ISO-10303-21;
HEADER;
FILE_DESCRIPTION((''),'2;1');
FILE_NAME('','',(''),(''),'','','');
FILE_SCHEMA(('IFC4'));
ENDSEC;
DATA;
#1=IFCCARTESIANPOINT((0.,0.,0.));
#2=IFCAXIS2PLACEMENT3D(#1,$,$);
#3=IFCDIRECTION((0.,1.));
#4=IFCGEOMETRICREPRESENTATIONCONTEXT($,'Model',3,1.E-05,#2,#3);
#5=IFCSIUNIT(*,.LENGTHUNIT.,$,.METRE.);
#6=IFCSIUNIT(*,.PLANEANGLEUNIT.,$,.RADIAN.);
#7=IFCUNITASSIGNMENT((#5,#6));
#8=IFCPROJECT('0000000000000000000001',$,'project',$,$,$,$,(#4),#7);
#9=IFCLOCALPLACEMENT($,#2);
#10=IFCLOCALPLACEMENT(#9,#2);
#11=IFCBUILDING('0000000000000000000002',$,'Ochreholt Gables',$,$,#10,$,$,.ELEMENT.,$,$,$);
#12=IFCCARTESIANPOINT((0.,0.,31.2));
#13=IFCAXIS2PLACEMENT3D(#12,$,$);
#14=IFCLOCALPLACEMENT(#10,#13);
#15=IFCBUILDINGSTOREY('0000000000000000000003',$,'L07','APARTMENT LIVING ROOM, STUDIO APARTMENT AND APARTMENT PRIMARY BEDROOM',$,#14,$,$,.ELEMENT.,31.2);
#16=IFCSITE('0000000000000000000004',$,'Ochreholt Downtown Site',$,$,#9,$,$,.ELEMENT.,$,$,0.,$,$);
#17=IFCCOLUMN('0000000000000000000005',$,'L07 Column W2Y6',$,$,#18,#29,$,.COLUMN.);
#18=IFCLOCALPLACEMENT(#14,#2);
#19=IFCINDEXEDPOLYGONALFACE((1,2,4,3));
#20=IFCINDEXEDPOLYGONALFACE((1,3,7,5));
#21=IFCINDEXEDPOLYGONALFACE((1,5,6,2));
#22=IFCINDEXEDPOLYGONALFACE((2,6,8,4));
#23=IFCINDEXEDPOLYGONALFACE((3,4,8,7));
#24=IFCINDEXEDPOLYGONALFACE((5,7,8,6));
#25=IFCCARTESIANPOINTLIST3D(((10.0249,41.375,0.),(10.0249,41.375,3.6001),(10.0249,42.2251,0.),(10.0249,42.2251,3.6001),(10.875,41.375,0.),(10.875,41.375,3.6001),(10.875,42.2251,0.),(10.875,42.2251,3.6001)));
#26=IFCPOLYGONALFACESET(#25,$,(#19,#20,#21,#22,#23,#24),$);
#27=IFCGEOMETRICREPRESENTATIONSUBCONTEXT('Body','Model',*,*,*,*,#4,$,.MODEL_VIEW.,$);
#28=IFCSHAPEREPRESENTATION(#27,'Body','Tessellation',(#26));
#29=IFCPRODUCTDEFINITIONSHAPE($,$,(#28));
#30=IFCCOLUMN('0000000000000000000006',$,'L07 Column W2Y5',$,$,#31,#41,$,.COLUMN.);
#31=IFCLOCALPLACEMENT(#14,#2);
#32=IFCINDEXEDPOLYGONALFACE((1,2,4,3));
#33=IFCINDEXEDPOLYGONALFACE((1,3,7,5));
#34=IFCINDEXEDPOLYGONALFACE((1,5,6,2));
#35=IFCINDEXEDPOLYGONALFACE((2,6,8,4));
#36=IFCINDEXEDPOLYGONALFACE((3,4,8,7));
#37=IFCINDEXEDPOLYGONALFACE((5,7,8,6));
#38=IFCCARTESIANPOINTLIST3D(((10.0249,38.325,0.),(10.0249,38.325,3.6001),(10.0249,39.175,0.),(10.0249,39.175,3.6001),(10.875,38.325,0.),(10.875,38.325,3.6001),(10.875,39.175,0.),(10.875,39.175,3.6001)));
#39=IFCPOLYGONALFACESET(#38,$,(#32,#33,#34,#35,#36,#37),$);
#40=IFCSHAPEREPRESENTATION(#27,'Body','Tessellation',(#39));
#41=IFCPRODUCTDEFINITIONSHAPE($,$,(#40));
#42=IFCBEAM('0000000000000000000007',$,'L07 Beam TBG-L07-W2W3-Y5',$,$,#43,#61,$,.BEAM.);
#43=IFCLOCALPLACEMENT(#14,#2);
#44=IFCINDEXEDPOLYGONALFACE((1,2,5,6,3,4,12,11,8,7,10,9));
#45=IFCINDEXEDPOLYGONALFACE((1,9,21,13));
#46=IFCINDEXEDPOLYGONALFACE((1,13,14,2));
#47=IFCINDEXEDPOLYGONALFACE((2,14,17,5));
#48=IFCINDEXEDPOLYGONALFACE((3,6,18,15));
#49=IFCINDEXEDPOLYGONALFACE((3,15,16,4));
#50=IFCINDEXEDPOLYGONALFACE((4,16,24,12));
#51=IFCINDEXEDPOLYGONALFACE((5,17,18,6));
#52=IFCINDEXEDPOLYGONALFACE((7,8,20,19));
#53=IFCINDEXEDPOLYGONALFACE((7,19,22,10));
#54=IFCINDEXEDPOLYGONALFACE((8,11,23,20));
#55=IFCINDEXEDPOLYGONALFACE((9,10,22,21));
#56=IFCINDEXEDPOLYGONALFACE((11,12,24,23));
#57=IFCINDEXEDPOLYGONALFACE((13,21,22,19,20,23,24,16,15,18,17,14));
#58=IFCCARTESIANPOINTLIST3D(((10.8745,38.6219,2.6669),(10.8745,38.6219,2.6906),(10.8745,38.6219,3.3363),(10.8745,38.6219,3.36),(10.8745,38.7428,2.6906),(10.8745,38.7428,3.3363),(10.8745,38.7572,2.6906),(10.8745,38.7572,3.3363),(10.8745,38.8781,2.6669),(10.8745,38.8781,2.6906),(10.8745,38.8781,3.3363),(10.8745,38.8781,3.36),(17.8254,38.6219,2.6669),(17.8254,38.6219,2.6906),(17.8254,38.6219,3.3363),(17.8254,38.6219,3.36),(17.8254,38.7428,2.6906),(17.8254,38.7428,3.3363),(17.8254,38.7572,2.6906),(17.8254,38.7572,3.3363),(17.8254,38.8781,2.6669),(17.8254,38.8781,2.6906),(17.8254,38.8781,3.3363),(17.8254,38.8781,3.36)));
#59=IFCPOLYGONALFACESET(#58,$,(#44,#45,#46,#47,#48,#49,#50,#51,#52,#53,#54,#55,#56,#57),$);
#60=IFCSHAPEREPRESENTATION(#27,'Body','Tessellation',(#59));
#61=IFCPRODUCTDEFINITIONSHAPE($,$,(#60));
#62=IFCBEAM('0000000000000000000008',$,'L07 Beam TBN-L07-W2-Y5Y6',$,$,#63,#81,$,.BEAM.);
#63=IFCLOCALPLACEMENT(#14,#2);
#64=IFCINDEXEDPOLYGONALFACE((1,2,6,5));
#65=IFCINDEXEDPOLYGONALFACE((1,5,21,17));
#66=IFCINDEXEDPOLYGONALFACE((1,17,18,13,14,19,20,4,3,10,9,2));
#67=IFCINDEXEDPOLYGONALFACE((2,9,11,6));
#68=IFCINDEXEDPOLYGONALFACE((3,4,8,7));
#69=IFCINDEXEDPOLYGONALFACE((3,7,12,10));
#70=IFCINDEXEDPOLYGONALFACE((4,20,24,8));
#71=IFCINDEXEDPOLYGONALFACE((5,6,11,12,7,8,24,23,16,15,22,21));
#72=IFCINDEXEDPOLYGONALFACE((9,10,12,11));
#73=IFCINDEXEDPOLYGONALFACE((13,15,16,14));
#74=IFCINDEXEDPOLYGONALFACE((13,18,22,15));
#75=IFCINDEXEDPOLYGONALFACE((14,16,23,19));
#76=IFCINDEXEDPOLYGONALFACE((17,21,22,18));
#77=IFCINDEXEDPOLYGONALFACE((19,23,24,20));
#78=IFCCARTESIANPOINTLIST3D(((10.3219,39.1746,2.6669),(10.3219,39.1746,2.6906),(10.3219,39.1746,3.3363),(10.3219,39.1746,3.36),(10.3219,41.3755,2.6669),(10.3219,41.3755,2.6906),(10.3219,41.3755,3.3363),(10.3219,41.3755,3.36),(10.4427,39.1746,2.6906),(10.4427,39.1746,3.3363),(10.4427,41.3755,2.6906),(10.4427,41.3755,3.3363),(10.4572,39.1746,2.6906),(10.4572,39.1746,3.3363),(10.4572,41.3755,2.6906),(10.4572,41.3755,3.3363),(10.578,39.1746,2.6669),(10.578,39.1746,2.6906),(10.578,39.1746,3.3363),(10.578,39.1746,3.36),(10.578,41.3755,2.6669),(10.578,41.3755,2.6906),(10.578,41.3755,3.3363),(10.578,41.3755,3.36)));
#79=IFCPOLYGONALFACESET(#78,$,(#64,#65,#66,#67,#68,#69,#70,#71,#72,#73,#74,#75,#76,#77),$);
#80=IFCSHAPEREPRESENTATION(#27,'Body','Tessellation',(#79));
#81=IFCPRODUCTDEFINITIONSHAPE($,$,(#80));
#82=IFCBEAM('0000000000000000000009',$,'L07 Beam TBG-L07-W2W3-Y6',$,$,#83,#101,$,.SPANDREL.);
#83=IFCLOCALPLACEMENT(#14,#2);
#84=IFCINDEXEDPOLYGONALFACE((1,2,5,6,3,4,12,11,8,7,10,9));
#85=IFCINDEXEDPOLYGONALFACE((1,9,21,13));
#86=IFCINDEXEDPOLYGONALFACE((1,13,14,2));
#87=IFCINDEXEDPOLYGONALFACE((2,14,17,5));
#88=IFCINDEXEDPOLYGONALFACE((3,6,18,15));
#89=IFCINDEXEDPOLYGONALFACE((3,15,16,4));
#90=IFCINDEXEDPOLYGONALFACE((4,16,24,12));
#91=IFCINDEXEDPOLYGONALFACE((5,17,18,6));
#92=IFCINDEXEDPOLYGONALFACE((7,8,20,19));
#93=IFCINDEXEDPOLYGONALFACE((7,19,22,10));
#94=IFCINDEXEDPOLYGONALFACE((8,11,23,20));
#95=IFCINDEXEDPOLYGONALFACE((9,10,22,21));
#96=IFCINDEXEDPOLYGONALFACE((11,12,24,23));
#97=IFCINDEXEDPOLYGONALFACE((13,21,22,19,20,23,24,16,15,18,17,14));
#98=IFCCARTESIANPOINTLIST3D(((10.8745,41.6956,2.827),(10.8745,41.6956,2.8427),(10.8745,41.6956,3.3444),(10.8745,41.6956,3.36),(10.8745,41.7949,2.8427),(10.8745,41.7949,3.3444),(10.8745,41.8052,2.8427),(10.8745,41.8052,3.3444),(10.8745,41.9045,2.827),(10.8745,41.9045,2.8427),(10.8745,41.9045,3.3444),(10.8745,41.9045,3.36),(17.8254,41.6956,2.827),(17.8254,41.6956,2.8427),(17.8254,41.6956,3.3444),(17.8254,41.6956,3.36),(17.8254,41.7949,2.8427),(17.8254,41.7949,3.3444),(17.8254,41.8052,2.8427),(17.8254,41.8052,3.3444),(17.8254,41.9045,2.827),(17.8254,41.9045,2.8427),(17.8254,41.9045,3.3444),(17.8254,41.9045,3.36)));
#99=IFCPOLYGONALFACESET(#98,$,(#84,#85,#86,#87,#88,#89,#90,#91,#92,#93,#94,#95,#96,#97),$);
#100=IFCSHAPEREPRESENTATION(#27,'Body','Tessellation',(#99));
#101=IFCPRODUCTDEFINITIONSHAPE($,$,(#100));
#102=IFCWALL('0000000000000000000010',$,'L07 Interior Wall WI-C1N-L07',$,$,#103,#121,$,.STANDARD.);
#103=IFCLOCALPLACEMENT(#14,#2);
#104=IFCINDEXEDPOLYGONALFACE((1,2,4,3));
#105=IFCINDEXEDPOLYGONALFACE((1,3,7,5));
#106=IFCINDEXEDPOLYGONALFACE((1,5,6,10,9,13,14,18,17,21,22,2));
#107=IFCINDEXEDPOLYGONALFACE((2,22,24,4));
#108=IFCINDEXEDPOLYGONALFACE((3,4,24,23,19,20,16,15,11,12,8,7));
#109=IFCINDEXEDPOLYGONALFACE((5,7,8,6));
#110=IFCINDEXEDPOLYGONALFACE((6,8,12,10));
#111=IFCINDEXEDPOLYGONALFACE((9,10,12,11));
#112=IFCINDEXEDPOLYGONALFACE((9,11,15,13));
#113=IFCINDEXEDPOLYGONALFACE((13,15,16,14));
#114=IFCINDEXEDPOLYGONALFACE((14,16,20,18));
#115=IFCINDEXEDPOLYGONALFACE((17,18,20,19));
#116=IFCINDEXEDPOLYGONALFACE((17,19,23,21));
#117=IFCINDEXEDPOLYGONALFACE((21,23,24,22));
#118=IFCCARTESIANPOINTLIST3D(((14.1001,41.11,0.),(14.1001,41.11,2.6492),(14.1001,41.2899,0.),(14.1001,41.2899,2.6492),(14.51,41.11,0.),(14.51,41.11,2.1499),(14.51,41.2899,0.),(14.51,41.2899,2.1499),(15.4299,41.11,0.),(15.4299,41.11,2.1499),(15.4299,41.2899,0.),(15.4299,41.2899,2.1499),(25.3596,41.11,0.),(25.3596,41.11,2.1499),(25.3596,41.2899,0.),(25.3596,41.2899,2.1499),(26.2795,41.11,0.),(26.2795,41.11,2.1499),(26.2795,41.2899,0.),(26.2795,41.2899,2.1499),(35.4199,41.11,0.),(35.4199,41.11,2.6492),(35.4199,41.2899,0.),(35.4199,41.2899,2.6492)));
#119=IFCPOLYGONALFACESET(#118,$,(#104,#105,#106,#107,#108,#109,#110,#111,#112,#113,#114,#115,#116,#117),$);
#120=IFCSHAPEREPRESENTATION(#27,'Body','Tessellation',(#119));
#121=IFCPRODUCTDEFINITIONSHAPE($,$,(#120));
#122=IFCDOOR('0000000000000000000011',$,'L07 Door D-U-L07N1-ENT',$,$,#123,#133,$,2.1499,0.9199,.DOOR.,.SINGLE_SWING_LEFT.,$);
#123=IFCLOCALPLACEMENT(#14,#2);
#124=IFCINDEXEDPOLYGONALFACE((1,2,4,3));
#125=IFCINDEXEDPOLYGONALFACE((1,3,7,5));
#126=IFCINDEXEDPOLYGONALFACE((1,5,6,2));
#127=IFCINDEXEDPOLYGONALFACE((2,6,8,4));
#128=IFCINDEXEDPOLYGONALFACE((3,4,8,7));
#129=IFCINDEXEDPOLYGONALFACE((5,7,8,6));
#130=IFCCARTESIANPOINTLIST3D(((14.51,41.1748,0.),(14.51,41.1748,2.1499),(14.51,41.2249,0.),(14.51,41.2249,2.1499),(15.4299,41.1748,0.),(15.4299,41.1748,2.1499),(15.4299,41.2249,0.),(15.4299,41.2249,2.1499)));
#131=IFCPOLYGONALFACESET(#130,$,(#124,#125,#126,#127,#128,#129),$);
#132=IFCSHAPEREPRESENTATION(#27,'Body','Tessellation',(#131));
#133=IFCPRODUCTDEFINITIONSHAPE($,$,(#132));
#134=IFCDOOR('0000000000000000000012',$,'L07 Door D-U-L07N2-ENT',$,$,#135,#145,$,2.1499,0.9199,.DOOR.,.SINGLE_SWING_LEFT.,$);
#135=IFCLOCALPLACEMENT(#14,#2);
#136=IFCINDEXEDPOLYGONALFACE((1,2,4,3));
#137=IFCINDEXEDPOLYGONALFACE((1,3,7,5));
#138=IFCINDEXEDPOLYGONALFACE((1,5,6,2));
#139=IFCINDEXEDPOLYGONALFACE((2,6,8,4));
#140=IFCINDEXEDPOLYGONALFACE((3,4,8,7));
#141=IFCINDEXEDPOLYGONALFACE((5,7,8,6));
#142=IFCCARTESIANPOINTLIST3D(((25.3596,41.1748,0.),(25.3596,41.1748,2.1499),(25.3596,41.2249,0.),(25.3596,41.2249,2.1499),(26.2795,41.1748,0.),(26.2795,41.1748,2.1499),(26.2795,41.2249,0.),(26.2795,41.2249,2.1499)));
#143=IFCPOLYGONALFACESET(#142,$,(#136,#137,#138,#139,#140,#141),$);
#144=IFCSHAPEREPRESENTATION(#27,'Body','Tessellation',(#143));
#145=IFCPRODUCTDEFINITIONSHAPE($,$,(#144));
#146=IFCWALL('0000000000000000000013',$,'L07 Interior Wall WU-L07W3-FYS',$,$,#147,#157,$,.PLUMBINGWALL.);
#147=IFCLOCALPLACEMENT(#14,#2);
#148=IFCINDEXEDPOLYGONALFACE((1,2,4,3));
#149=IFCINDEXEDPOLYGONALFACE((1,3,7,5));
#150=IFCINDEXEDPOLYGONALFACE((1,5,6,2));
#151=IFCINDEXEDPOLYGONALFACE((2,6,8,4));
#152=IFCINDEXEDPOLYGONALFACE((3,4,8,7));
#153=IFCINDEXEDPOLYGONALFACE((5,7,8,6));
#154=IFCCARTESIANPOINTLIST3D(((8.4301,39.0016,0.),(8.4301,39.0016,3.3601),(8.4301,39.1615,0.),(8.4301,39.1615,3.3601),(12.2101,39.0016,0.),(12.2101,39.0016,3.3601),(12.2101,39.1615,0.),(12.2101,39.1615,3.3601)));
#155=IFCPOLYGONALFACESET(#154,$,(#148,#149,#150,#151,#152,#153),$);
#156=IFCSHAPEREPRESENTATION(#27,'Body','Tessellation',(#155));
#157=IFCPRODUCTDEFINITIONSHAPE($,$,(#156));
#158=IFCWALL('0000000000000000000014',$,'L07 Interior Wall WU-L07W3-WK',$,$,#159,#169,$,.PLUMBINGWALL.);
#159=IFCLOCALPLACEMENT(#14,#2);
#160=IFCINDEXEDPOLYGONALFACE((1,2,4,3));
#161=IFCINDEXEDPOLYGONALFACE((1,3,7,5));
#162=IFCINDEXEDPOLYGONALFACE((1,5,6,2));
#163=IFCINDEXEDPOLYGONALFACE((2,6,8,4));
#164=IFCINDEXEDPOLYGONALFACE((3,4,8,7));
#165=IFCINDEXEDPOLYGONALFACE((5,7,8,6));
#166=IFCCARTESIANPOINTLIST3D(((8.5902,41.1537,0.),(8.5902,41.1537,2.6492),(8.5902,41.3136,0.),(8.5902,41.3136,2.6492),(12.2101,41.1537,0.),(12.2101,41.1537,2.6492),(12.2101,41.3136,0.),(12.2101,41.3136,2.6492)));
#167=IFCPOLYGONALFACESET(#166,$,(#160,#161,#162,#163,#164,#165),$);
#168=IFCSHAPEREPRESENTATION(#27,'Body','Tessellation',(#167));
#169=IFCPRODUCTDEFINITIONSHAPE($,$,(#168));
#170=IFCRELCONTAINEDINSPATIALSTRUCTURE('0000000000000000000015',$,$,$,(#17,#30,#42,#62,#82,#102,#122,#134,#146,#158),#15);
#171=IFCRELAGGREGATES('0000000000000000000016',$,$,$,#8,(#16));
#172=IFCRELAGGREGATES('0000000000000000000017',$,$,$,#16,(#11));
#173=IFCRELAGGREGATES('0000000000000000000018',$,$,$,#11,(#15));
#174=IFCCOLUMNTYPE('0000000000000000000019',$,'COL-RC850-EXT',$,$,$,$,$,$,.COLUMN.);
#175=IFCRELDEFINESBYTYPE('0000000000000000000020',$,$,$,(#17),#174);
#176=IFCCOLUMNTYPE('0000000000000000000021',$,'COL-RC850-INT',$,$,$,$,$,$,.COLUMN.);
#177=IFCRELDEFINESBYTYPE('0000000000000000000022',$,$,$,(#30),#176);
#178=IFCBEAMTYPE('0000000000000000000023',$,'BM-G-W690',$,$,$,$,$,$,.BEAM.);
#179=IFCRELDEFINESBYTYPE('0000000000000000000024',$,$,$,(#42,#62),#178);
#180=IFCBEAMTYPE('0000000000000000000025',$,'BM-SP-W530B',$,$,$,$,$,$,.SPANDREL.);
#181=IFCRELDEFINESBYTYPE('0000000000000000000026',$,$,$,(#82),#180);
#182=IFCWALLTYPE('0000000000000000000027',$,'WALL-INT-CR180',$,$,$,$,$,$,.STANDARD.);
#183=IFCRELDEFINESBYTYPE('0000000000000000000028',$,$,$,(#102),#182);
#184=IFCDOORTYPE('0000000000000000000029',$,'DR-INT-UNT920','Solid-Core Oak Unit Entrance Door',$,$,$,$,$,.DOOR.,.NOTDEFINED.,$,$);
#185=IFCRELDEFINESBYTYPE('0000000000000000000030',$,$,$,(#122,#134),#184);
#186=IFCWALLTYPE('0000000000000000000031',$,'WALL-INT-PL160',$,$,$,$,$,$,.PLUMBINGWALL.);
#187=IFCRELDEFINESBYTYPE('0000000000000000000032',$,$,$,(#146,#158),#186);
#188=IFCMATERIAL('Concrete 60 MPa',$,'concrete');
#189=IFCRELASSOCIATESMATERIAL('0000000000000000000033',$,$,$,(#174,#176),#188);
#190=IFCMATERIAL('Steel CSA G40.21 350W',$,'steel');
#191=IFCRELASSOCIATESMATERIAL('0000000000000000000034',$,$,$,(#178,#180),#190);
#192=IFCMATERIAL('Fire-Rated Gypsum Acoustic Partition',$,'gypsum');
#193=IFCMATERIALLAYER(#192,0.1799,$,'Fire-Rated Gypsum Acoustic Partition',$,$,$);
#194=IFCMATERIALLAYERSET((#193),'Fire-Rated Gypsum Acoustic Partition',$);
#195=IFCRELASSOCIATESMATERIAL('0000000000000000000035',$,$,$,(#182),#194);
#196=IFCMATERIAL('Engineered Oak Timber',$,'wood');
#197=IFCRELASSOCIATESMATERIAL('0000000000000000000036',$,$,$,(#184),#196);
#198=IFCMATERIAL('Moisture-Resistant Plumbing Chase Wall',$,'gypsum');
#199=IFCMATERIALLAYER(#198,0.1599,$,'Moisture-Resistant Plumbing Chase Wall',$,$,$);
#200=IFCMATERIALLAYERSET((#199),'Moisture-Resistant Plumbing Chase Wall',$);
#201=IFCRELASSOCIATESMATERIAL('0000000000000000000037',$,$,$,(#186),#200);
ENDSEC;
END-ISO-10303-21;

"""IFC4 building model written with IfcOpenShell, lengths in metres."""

from ifc_helpers import new_model, si_unit, direction, frame, frame_2d, origin, origin_2d, place, context, subcontext, project, spatial, rectangle, i_section, extrude, material, layer, layer_set, material_profile, profile_set, type_object, element, fill, save


model = new_model("IFC4")

# Units and contexts
model_context = context("Model", 3, precision=1e-05, world=origin(), true_north=direction((0.0, 1.0)))
body_context = subcontext(model_context, "Body", "Model", "MODEL_VIEW")
ifc_project = project(units=[si_unit("LENGTHUNIT", "METRE"), si_unit("PLANEANGLEUNIT", "RADIAN")], contexts=[model_context])

# Site, building, storey
site_placement = place(None, origin())
site = spatial("IfcSite", under=ifc_project, at=site_placement, Name="Ochreholt Downtown Site", CompositionType="ELEMENT", RefElevation=0.0)
building_placement = place(site_placement, origin())
building = spatial("IfcBuilding", under=site, at=building_placement, Name="Ochreholt Gables", CompositionType="ELEMENT")
storey_placement = place(building_placement, frame((0.0, 0.0, 31.2)))
storey = spatial("IfcBuildingStorey", under=building, at=storey_placement, Name="L07", Description="APARTMENT LIVING ROOM, STUDIO APARTMENT AND APARTMENT PRIMARY BEDROOM", CompositionType="ELEMENT", Elevation=31.2)

# Columns
ifc_material_1 = material(Name="Concrete 60 MPa", Category="concrete")
ifc_material_profile_1 = material_profile(ifc_material_1, rectangle(XDim=0.8501, YDim=0.8501, at=origin_2d()), Name="RC850X850")
ifc_profile_set_1 = profile_set([ifc_material_profile_1], Name="Concrete 60 MPa")
column_type_1 = type_object("IfcColumnType", Name="COL-RC850-EXT", PredefinedType="COLUMN", material=ifc_profile_set_1)
column_1_placement = place(storey_placement, frame((10.45, 41.8, 0.0), z_axis=(0.0, 0.0, 1.0), x_axis=(1.0, 0.0, 0.0)))
element("IfcColumn", 1, at=column_1_placement, inside=storey, type_object=column_type_1, Name="L07 Column W2Y6", PredefinedType="COLUMN", context=body_context, shape_type="SweptSolid", body=[
    extrude(rectangle(XDim=0.8501, YDim=0.8501, at=origin_2d()), origin(), (0.0, 0.0, 1.0), 3.6001),
])
ifc_material_profile_2 = material_profile(ifc_material_1, rectangle(XDim=0.8501, YDim=0.8501, at=origin_2d()), Name="RC850X850")
ifc_profile_set_2 = profile_set([ifc_material_profile_2], Name="Concrete 60 MPa")
column_type_2 = type_object("IfcColumnType", Name="COL-RC850-INT", PredefinedType="COLUMN", material=ifc_profile_set_2)
column_2_placement = place(storey_placement, frame((10.45, 38.75, 0.0), z_axis=(0.0, 0.0, 1.0), x_axis=(1.0, 0.0, 0.0)))
element("IfcColumn", 2, at=column_2_placement, inside=storey, type_object=column_type_2, Name="L07 Column W2Y5", PredefinedType="COLUMN", context=body_context, shape_type="SweptSolid", body=[
    extrude(rectangle(XDim=0.8501, YDim=0.8501, at=origin_2d()), origin(), (0.0, 0.0, 1.0), 3.6001),
])

# Beams
ifc_material_2 = material(Name="Steel CSA G40.21 350W", Category="steel")
ifc_material_profile_3 = material_profile(ifc_material_2, i_section(OverallWidth=0.2561, OverallDepth=0.6931, WebThickness=0.0144, FlangeThickness=0.0237, at=origin_2d()), Name="W690X170")
ifc_profile_set_3 = profile_set([ifc_material_profile_3], Name="Steel CSA G40.21 350W")
beam_type_1 = type_object("IfcBeamType", Name="BM-G-W690", PredefinedType="BEAM", material=ifc_profile_set_3)
beam_1_placement = place(storey_placement, frame((10.8745, 38.75, 3.0134), z_axis=(1.0, 0.0, 0.0), x_axis=(0.0, 1.0, 0.0)))
element("IfcBeam", 3, at=beam_1_placement, inside=storey, type_object=beam_type_1, Name="L07 Beam TBG-L07-W2W3-Y5", PredefinedType="BEAM", context=body_context, shape_type="SweptSolid", body=[
    extrude(i_section(OverallWidth=0.2561, OverallDepth=0.6931, WebThickness=0.0144, FlangeThickness=0.0237, at=origin_2d()), origin(), (0.0, 0.0, 1.0), 6.9509),
])
beam_2_placement = place(storey_placement, frame((10.45, 39.1746, 3.0134), z_axis=(0.0, 1.0, 0.0), x_axis=(-1.0, 0.0, 0.0)))
element("IfcBeam", 4, at=beam_2_placement, inside=storey, type_object=beam_type_1, Name="L07 Beam TBN-L07-W2-Y5Y6", PredefinedType="BEAM", context=body_context, shape_type="SweptSolid", body=[
    extrude(i_section(OverallWidth=0.2561, OverallDepth=0.6931, WebThickness=0.0144, FlangeThickness=0.0237, at=origin_2d()), origin(), (0.0, 0.0, 1.0), 2.2009),
])
ifc_material_profile_4 = material_profile(ifc_material_2, i_section(OverallWidth=0.209, OverallDepth=0.533, WebThickness=0.0103, FlangeThickness=0.0156, at=origin_2d()), Name="W530X92")
ifc_profile_set_4 = profile_set([ifc_material_profile_4], Name="Steel CSA G40.21 350W")
beam_type_2 = type_object("IfcBeamType", Name="BM-SP-W530B", PredefinedType="SPANDREL", material=ifc_profile_set_4)
beam_3_placement = place(storey_placement, frame((10.8745, 41.8, 3.0935), z_axis=(1.0, 0.0, 0.0), x_axis=(0.0, 1.0, 0.0)))
element("IfcBeam", 5, at=beam_3_placement, inside=storey, type_object=beam_type_2, Name="L07 Beam TBG-L07-W2W3-Y6", PredefinedType="SPANDREL", context=body_context, shape_type="SweptSolid", body=[
    extrude(i_section(OverallWidth=0.209, OverallDepth=0.533, WebThickness=0.0103, FlangeThickness=0.0156, at=origin_2d()), origin(), (0.0, 0.0, 1.0), 6.9509),
])

# Wall, openings, doors
ifc_material_3 = material(Name="Fire-Rated Gypsum Acoustic Partition", Category="gypsum")
ifc_layer_1 = layer(ifc_material_3, 0.1799, Name="Fire-Rated Gypsum Acoustic Partition")
ifc_layer_set_1 = layer_set([ifc_layer_1], Name="Fire-Rated Gypsum Acoustic Partition")
wall_type_1 = type_object("IfcWallType", Name="WALL-INT-CR180", PredefinedType="STANDARD", material=ifc_layer_set_1)
wall_1_placement = place(storey_placement, frame((14.1001, 41.2, 0.0), z_axis=(0.0, 0.0, 1.0), x_axis=(1.0, 0.0, 0.0)))
wall_1 = element("IfcWall", 6, at=wall_1_placement, inside=storey, type_object=wall_type_1, Name="L07 Interior Wall WI-C1N-L07", PredefinedType="STANDARD", context=body_context, shape_type="SweptSolid", body=[
    extrude(rectangle(XDim=21.3198, YDim=0.1799, at=frame_2d((10.6599, 0.0))), origin(), (0.0, 0.0, 1.0), 2.6492),
])
opening_1_placement = place(wall_1_placement, frame((0.4099, 0.0, 0.0)))
opening_1 = element("IfcOpeningElement", 7, at=opening_1_placement, cuts=wall_1, PredefinedType="OPENING", context=body_context, shape_type="SweptSolid", body=[
    extrude(rectangle(XDim=0.9199, YDim=2.1499, at=frame_2d((0.46, 1.075))), frame((0.0, 0.0999, 0.0), z_axis=(0.0, -1.0, 0.0), x_axis=(1.0, 0.0, 0.0)), (0.0, 0.0, 1.0), 0.2),
])
opening_2_placement = place(wall_1_placement, frame((11.2595, 0.0, 0.0)))
opening_2 = element("IfcOpeningElement", 8, at=opening_2_placement, cuts=wall_1, PredefinedType="OPENING", context=body_context, shape_type="SweptSolid", body=[
    extrude(rectangle(XDim=0.9199, YDim=2.1499, at=frame_2d((0.46, 1.075))), frame((0.0, 0.0999, 0.0), z_axis=(0.0, -1.0, 0.0), x_axis=(1.0, 0.0, 0.0)), (0.0, 0.0, 1.0), 0.2),
])
ifc_material_4 = material(Name="Engineered Oak Timber", Category="wood")
door_type_1 = type_object("IfcDoorType", Name="DR-INT-UNT920", Description="Solid-Core Oak Unit Entrance Door", OperationType="NOTDEFINED", PredefinedType="DOOR", material=ifc_material_4)
door_1_placement = place(opening_1_placement, origin())
door_1 = element("IfcDoor", 9, at=door_1_placement, inside=storey, type_object=door_type_1, Name="L07 Door D-U-L07N1-ENT", OperationType="SINGLE_SWING_LEFT", OverallHeight=2.1499, OverallWidth=0.9199, PredefinedType="DOOR", context=body_context, shape_type="SweptSolid", body=[
    extrude(rectangle(XDim=0.9199, YDim=2.1499, at=frame_2d((0.46, 1.075))), frame((0.0, 0.0249, 0.0), z_axis=(0.0, -1.0, 0.0), x_axis=(1.0, 0.0, 0.0)), (0.0, 0.0, 1.0), 0.05),
])
fill(opening_1, door_1)
door_2_placement = place(opening_2_placement, origin())
door_2 = element("IfcDoor", 10, at=door_2_placement, inside=storey, type_object=door_type_1, Name="L07 Door D-U-L07N2-ENT", OperationType="SINGLE_SWING_LEFT", OverallHeight=2.1499, OverallWidth=0.9199, PredefinedType="DOOR", context=body_context, shape_type="SweptSolid", body=[
    extrude(rectangle(XDim=0.9199, YDim=2.1499, at=frame_2d((0.46, 1.075))), frame((0.0, 0.0249, 0.0), z_axis=(0.0, -1.0, 0.0), x_axis=(1.0, 0.0, 0.0)), (0.0, 0.0, 1.0), 0.05),
])
fill(opening_2, door_2)

# Wall
ifc_material_5 = material(Name="Moisture-Resistant Plumbing Chase Wall", Category="gypsum")
ifc_layer_2 = layer(ifc_material_5, 0.1599, Name="Moisture-Resistant Plumbing Chase Wall")
ifc_layer_set_2 = layer_set([ifc_layer_2], Name="Moisture-Resistant Plumbing Chase Wall")
wall_type_2 = type_object("IfcWallType", Name="WALL-INT-PL160", PredefinedType="PLUMBINGWALL", material=ifc_layer_set_2)
wall_2_placement = place(storey_placement, frame((8.4299, 39.0815, 0.0), z_axis=(0.0, 0.0, 1.0), x_axis=(1.0, 0.0, 0.0)))
element("IfcWall", 11, at=wall_2_placement, inside=storey, type_object=wall_type_2, Name="L07 Interior Wall WU-L07W3-FYS", PredefinedType="PLUMBINGWALL", context=body_context, shape_type="SweptSolid", body=[
    extrude(rectangle(XDim=3.78, YDim=0.1599, at=frame_2d((1.8901, 0.0))), origin(), (0.0, 0.0, 1.0), 3.3601),
])

# Wall
wall_3_placement = place(storey_placement, frame((8.5901, 41.2336, 0.0), z_axis=(0.0, 0.0, 1.0), x_axis=(1.0, 0.0, 0.0)))
element("IfcWall", 12, at=wall_3_placement, inside=storey, type_object=wall_type_2, Name="L07 Interior Wall WU-L07W3-WK", PredefinedType="PLUMBINGWALL", context=body_context, shape_type="SweptSolid", body=[
    extrude(rectangle(XDim=3.6199, YDim=0.1599, at=frame_2d((1.8101, 0.0))), origin(), (0.0, 0.0, 1.0), 2.6492),
])

save(model, "model.ifc")
